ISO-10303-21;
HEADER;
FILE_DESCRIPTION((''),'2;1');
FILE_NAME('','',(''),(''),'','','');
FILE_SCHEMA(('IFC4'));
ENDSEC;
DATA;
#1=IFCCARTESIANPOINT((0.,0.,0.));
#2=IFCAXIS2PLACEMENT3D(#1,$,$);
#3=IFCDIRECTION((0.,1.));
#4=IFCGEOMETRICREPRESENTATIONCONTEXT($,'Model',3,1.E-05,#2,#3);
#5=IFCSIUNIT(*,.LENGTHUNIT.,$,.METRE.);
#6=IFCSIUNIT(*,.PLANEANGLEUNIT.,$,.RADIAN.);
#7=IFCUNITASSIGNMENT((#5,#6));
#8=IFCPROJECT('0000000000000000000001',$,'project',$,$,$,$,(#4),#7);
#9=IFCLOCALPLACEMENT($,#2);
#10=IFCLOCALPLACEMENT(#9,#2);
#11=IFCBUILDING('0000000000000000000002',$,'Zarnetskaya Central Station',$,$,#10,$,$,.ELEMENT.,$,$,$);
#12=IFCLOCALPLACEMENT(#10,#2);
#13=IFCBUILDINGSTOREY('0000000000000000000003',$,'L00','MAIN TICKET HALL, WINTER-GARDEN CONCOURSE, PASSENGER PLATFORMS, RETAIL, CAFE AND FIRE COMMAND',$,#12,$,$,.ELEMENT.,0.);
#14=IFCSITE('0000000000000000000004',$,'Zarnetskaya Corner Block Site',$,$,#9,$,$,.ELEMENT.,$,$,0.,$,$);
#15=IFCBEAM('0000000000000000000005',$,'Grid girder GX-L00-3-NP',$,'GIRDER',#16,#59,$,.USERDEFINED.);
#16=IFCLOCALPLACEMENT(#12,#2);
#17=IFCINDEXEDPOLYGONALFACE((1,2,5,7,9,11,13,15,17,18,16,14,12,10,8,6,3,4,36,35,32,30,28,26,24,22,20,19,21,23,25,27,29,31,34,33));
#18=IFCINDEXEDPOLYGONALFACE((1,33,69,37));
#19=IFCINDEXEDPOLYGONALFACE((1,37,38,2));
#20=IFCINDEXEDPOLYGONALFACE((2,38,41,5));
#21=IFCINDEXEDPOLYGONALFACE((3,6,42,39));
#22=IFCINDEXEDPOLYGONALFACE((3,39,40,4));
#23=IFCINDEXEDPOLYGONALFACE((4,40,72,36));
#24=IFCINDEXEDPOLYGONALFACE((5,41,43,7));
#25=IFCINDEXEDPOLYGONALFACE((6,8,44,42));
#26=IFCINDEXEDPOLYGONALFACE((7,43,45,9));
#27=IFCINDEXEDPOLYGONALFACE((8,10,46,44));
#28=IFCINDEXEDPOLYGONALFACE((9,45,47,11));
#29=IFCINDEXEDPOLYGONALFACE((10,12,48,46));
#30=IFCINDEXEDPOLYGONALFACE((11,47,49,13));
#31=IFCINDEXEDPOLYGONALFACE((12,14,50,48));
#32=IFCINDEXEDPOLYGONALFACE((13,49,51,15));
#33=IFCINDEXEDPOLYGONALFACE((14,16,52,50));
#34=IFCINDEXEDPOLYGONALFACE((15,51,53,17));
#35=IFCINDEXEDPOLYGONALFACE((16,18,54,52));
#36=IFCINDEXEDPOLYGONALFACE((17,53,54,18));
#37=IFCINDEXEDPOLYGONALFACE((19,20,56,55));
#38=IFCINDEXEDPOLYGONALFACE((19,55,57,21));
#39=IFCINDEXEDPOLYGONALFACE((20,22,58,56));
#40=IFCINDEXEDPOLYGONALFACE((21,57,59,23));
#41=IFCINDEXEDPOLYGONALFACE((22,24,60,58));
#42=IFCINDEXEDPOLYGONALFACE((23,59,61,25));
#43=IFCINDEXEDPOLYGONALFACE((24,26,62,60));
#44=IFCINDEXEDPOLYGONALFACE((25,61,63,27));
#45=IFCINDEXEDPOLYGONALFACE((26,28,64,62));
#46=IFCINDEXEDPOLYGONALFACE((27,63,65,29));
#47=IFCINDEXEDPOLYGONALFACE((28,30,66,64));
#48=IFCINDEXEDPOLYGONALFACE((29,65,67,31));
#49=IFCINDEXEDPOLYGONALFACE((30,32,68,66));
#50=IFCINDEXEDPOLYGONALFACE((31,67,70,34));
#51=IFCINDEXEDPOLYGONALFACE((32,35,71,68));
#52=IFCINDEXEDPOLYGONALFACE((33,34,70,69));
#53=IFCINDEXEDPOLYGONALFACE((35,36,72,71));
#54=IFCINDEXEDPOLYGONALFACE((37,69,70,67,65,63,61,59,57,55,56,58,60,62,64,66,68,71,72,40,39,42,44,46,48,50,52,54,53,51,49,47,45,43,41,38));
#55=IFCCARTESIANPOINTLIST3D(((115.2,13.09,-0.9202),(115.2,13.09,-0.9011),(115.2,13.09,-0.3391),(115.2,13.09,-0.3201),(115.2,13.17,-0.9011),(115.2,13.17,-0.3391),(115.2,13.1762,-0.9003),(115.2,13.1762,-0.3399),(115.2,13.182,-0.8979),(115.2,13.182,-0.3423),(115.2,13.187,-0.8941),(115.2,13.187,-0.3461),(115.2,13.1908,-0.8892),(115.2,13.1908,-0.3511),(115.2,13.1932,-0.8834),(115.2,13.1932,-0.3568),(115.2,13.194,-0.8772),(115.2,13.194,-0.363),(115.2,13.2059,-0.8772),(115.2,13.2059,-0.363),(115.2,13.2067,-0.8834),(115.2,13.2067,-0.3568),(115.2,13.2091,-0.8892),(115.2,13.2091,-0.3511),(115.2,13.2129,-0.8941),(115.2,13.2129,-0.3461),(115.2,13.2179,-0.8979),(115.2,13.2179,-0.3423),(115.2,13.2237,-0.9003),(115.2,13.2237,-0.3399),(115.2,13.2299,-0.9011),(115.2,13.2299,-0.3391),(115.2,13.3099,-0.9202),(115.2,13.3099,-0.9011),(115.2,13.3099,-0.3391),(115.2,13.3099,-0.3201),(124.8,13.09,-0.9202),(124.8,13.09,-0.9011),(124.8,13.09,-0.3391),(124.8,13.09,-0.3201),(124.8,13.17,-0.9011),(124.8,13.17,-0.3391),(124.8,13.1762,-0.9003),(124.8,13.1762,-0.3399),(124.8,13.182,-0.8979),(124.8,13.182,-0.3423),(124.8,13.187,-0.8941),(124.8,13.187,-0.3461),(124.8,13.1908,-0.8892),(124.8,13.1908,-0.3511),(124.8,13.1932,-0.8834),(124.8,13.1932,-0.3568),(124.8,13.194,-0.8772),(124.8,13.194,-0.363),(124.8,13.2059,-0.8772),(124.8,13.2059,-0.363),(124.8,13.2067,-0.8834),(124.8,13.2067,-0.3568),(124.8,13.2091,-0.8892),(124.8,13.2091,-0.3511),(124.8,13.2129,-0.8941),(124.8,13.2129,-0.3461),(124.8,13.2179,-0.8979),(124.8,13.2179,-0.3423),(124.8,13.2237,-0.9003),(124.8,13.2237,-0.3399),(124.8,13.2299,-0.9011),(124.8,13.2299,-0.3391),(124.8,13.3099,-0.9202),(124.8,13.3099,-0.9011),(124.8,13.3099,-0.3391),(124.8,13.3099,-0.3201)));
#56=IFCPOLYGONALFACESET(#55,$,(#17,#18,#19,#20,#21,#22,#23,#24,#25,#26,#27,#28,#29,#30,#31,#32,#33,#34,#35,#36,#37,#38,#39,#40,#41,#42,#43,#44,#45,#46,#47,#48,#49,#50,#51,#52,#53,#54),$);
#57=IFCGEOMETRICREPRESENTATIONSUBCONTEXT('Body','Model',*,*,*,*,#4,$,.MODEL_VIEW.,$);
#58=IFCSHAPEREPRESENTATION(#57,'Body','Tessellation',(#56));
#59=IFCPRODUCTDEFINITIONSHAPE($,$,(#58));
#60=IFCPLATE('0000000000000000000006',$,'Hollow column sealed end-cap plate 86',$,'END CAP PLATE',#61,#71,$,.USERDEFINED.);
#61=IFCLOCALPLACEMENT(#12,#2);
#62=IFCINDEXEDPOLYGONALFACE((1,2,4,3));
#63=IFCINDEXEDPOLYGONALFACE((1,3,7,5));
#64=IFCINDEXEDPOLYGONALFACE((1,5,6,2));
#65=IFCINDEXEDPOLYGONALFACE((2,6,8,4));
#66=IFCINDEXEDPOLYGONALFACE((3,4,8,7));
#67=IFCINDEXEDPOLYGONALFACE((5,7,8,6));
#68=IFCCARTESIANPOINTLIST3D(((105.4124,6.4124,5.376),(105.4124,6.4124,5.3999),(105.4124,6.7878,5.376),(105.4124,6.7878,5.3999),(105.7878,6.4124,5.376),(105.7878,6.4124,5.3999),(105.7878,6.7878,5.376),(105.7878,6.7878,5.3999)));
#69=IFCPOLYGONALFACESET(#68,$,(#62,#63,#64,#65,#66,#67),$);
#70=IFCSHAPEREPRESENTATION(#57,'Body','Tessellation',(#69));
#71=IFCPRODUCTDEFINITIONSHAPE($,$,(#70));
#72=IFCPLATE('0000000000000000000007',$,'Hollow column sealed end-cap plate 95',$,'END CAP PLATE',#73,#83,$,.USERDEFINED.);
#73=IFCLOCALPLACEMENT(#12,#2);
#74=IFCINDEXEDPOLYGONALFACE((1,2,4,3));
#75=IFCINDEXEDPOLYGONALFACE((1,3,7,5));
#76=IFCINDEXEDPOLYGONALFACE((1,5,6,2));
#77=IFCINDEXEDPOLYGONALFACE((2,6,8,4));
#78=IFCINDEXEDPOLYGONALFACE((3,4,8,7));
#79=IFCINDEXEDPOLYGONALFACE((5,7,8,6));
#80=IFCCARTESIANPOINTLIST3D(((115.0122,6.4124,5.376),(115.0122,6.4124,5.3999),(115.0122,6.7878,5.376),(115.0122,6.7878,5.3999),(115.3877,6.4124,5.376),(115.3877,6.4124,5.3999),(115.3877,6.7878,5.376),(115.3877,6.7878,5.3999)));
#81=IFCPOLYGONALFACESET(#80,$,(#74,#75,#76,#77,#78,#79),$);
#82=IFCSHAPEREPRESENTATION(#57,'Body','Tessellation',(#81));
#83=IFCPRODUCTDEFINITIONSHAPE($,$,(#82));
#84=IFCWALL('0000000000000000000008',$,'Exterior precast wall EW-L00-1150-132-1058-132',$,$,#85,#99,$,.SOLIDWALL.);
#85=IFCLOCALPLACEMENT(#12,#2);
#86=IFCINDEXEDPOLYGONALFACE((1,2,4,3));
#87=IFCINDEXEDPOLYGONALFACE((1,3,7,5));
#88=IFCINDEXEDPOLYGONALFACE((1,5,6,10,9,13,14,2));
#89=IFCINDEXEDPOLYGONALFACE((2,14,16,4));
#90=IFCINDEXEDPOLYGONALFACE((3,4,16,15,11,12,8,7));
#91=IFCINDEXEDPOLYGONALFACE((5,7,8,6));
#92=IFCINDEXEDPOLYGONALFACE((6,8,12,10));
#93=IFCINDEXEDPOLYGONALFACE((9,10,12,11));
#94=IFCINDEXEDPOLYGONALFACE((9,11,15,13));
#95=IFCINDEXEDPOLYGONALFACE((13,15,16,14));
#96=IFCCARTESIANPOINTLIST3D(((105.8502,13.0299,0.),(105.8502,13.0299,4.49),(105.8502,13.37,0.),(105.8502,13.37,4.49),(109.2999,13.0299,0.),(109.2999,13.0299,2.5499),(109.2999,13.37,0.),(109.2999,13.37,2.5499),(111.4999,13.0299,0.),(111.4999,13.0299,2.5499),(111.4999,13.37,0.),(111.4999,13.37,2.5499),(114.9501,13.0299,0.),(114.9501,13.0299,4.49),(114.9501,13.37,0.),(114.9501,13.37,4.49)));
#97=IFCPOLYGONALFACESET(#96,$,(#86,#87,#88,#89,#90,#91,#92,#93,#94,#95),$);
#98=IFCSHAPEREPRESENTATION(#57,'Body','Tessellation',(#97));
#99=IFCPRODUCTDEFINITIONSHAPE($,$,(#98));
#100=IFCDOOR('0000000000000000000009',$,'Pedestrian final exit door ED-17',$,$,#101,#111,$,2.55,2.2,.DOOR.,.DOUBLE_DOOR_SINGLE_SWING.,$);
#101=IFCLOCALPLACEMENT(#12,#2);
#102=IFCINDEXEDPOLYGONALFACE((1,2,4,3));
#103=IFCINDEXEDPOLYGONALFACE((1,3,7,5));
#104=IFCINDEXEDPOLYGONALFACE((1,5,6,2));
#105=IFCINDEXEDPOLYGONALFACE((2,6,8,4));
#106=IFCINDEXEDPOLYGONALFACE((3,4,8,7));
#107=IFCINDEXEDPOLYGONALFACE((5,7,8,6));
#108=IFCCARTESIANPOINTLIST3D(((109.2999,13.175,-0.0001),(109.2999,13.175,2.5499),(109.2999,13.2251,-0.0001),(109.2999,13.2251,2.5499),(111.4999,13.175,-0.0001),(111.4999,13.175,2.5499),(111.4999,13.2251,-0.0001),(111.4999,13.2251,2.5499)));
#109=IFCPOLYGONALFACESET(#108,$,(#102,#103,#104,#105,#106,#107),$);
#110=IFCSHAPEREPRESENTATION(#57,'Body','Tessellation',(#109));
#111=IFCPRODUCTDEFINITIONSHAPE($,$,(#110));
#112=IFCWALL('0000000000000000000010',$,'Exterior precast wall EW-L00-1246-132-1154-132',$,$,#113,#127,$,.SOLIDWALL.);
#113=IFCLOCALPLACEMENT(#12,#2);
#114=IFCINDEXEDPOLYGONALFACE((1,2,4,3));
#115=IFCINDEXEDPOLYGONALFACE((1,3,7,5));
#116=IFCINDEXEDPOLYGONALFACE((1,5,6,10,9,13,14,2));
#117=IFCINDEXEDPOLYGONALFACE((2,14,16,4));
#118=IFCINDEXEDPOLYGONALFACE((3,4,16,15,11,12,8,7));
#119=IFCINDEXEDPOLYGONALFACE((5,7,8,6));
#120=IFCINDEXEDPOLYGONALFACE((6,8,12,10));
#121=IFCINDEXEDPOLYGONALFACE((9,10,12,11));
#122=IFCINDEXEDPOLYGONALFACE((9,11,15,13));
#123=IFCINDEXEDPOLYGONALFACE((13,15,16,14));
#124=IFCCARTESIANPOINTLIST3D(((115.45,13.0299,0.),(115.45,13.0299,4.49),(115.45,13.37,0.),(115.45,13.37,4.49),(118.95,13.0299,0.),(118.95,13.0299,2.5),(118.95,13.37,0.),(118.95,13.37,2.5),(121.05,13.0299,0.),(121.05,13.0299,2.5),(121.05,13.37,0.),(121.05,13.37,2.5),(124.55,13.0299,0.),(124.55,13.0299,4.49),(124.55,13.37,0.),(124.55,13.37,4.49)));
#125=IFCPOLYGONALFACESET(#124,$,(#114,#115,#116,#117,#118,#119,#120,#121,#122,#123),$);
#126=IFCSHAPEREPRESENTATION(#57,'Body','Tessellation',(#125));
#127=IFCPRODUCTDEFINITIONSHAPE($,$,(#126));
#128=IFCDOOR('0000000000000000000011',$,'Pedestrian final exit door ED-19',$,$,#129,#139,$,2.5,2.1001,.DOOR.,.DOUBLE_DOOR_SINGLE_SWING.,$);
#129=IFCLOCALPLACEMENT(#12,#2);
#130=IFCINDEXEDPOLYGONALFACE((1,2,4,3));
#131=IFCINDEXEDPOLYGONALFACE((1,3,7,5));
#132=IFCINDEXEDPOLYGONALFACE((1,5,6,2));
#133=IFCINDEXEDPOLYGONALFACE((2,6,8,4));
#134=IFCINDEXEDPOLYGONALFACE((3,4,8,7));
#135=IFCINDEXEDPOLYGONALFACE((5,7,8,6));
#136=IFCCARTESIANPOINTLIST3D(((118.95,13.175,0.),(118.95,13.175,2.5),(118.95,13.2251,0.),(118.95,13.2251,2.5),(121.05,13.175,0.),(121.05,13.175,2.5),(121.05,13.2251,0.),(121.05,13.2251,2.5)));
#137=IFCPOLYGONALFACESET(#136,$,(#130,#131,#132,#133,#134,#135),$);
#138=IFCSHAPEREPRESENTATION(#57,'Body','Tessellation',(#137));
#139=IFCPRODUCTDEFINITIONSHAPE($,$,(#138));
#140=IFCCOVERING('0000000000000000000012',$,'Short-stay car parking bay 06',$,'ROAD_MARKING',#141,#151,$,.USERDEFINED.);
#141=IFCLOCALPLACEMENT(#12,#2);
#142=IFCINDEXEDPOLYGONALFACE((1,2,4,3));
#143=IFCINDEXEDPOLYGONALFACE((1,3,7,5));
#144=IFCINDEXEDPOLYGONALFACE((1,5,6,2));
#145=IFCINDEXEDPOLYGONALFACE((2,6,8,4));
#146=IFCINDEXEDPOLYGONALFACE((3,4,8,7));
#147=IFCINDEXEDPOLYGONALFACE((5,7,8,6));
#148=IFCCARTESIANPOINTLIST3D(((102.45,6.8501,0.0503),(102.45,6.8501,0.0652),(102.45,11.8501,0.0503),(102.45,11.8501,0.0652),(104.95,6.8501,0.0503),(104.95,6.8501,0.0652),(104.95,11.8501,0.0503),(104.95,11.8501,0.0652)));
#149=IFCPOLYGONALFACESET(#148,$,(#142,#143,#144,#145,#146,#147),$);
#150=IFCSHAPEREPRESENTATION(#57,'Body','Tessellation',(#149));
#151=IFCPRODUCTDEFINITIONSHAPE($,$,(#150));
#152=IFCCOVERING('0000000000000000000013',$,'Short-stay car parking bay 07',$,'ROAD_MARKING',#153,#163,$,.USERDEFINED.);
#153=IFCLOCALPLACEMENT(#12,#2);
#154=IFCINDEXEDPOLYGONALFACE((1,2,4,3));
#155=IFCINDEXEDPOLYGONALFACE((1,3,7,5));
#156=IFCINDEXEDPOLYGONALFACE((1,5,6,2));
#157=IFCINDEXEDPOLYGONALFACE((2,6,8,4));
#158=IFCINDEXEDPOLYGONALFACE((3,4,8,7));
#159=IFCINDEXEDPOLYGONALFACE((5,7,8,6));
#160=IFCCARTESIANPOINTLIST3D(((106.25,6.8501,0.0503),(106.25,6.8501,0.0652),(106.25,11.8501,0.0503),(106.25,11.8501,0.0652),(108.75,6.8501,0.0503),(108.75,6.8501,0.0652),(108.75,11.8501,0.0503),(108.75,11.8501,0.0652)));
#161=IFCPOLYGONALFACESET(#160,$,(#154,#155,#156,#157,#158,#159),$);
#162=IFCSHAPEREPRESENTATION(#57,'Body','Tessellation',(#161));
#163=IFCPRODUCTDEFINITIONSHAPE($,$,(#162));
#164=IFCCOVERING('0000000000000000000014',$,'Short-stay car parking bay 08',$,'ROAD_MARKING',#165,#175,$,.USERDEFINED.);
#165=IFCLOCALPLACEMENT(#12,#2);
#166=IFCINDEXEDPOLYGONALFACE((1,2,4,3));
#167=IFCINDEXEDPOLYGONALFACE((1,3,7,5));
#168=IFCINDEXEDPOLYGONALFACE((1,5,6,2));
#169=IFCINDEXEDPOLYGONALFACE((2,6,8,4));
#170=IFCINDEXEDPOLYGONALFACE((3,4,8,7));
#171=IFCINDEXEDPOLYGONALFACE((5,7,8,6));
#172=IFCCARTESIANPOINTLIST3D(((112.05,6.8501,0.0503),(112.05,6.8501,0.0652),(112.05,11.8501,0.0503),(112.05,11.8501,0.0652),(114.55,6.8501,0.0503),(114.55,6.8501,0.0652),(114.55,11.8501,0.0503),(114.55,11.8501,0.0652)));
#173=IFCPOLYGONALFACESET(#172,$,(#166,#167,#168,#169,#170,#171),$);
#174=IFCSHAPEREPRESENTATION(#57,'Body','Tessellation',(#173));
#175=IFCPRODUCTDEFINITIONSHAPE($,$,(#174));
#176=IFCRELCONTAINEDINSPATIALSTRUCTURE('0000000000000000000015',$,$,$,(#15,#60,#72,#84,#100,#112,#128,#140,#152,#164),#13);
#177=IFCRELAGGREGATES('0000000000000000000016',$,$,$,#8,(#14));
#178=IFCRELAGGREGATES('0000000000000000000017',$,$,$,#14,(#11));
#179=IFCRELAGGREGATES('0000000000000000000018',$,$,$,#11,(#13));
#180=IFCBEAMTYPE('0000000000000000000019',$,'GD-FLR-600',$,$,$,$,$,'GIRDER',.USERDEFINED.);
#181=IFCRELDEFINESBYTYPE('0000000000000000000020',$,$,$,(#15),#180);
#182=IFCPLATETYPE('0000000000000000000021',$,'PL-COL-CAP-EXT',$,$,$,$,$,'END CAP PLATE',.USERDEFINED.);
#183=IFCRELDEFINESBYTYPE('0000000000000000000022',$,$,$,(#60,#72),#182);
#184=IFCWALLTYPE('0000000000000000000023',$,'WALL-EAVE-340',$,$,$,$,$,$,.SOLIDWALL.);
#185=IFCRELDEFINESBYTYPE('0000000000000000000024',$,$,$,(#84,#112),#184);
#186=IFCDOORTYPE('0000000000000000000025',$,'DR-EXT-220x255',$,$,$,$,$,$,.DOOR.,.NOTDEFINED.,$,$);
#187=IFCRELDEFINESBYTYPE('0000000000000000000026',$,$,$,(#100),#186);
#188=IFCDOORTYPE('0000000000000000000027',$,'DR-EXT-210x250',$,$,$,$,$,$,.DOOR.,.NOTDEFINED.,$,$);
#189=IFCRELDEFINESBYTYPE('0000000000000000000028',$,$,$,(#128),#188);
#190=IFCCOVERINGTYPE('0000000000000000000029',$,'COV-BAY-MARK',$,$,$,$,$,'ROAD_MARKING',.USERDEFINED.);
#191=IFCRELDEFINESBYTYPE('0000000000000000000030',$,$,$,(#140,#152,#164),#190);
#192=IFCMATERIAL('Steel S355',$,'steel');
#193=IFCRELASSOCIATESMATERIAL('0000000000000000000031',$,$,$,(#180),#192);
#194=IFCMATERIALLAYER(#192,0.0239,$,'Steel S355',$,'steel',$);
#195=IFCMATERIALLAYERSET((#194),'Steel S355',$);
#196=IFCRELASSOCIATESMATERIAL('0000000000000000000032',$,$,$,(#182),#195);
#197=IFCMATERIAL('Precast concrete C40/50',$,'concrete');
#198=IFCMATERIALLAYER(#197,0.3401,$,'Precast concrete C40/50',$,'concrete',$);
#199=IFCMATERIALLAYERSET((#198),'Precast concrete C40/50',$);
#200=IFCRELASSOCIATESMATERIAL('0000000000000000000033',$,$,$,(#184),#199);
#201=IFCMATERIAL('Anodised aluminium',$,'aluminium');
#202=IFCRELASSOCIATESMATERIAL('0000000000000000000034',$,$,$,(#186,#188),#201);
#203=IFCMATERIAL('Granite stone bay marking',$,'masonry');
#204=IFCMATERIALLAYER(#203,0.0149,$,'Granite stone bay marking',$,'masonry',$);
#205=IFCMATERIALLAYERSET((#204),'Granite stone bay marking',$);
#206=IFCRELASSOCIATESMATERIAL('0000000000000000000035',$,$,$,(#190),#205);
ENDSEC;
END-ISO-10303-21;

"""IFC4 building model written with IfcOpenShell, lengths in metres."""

from ifc_helpers import new_model, si_unit, direction, frame, frame_2d, origin, origin_2d, place, context, subcontext, project, spatial, rectangle, i_section, extrude, material, layer, layer_set, material_profile, profile_set, type_object, element, fill, save


model = new_model("IFC4")

# Units and contexts
model_context = context("Model", 3, precision=1e-05, world=origin(), true_north=direction((0.0, 1.0)))
body_context = subcontext(model_context, "Body", "Model", "MODEL_VIEW")
ifc_project = project(units=[si_unit("LENGTHUNIT", "METRE"), si_unit("PLANEANGLEUNIT", "RADIAN")], contexts=[model_context])

# Site, building, storey
site_placement = place(None, origin())
site = spatial("IfcSite", under=ifc_project, at=site_placement, Name="Zarnetskaya Corner Block Site", CompositionType="ELEMENT", RefElevation=0.0)
building_placement = place(site_placement, origin())
building = spatial("IfcBuilding", under=site, at=building_placement, Name="Zarnetskaya Central Station", CompositionType="ELEMENT")
storey_placement = place(building_placement, origin())
storey = spatial("IfcBuildingStorey", under=building, at=storey_placement, Name="L00", Description="MAIN TICKET HALL, WINTER-GARDEN CONCOURSE, PASSENGER PLATFORMS, RETAIL, CAFE AND FIRE COMMAND", CompositionType="ELEMENT", Elevation=0.0)

# Shared definitions
ifc_material_1 = material(Name="Steel S355", Category="steel")

# Beam
ifc_material_profile_1 = material_profile(ifc_material_1, i_section(OverallWidth=0.22, OverallDepth=0.6001, WebThickness=0.012, FlangeThickness=0.019, FilletRadius=0.0239, at=origin_2d()), Name="IPE 600")
ifc_profile_set_1 = profile_set([ifc_material_profile_1], Name="Steel S355")
beam_type_1 = type_object("IfcBeamType", Name="GD-FLR-600", ElementType="GIRDER", PredefinedType="USERDEFINED", material=ifc_profile_set_1)
for number, where, z_axis, x_axis, name in (
    (1, (115.2, 13.2, -0.6201), (1.0, 0.0, 0.0), (0.0, 1.0, 0.0), "Grid girder GX-L00-3-NP"),
):
    element("IfcBeam", number, at=place(storey_placement, frame(where, z_axis=z_axis, x_axis=x_axis)), inside=storey, type_object=beam_type_1, Name=name, ObjectType="GIRDER", PredefinedType="USERDEFINED", context=body_context, shape_type="SweptSolid", body=[
        extrude(i_section(OverallWidth=0.22, OverallDepth=0.6001, WebThickness=0.012, FlangeThickness=0.019, FilletRadius=0.0239, at=origin_2d()), origin(), (0.0, 0.0, 1.0), 9.6001),
    ])

# Plates
ifc_layer_1 = layer(ifc_material_1, 0.0239, Name="Steel S355", Category="steel")
ifc_layer_set_1 = layer_set([ifc_layer_1], Name="Steel S355")
plate_type = type_object("IfcPlateType", Name="PL-COL-CAP-EXT", ElementType="END CAP PLATE", PredefinedType="USERDEFINED", material=ifc_layer_set_1)
for number, where, z_axis, x_axis, name in (
    (2, (105.6001, 6.6001, 5.376), (0.0, 0.0, 1.0), (1.0, 0.0, 0.0), "Hollow column sealed end-cap plate 86"),
    (3, (115.2, 6.6001, 5.376), (0.0, 0.0, 1.0), (1.0, 0.0, 0.0), "Hollow column sealed end-cap plate 95"),
):
    element("IfcPlate", number, at=place(storey_placement, frame(where, z_axis=z_axis, x_axis=x_axis)), inside=storey, type_object=plate_type, Name=name, ObjectType="END CAP PLATE", PredefinedType="USERDEFINED", context=body_context, shape_type="SweptSolid", body=[
        extrude(rectangle(XDim=0.3755, YDim=0.3755, at=origin_2d()), origin(), (0.0, 0.0, 1.0), 0.0239),
    ])

# Walls, openings, doors
ifc_material_2 = material(Name="Precast concrete C40/50", Category="concrete")
ifc_layer_2 = layer(ifc_material_2, 0.3401, Name="Precast concrete C40/50", Category="concrete")
ifc_layer_set_2 = layer_set([ifc_layer_2], Name="Precast concrete C40/50")
wall_type = type_object("IfcWallType", Name="WALL-EAVE-340", PredefinedType="SOLIDWALL", material=ifc_layer_set_2)
ifc_material_3 = material(Name="Anodised aluminium", Category="aluminium")
wall_1_placement = place(storey_placement, frame((114.95, 13.2, 0.0), z_axis=(0.0, 0.0, 1.0), x_axis=(-1.0, 0.0, 0.0)))
wall_1 = element("IfcWall", 4, at=wall_1_placement, inside=storey, type_object=wall_type, Name="Exterior precast wall EW-L00-1150-132-1058-132", PredefinedType="SOLIDWALL", context=body_context, shape_type="SweptSolid", body=[
    extrude(rectangle(XDim=9.0999, YDim=0.3401, at=frame_2d((4.5498, 0.0))), origin(), (0.0, 0.0, 1.0), 4.49),
])
opening_1_placement = place(wall_1_placement, frame((3.45, 0.0, 0.0)))
opening_1 = element("IfcOpeningElement", 5, at=opening_1_placement, cuts=wall_1, PredefinedType="OPENING", context=body_context, shape_type="SweptSolid", body=[
    extrude(rectangle(XDim=2.2, YDim=2.55, at=frame_2d((1.1001, 1.2749))), frame((0.0, 0.1802, 0.0), z_axis=(0.0, -1.0, 0.0), x_axis=(1.0, 0.0, 0.0)), (0.0, 0.0, 1.0), 0.3601),
])
door_type_1 = type_object("IfcDoorType", Name="DR-EXT-220x255", OperationType="NOTDEFINED", PredefinedType="DOOR", material=ifc_material_3)
door_1_placement = place(opening_1_placement, origin())
door_1 = element("IfcDoor", 6, at=door_1_placement, inside=storey, type_object=door_type_1, Name="Pedestrian final exit door ED-17", OperationType="DOUBLE_DOOR_SINGLE_SWING", OverallHeight=2.55, OverallWidth=2.2, PredefinedType="DOOR", context=body_context, shape_type="SweptSolid", body=[
    extrude(rectangle(XDim=2.2, YDim=2.55, at=frame_2d((1.1001, 1.2749))), frame((0.0, 0.0249, 0.0), z_axis=(0.0, -1.0, 0.0), x_axis=(1.0, 0.0, 0.0)), (0.0, 0.0, 1.0), 0.05),
])
fill(opening_1, door_1)
wall_2_placement = place(storey_placement, frame((124.55, 13.2, 0.0), z_axis=(0.0, 0.0, 1.0), x_axis=(-1.0, 0.0, 0.0)))
wall_2 = element("IfcWall", 7, at=wall_2_placement, inside=storey, type_object=wall_type, Name="Exterior precast wall EW-L00-1246-132-1154-132", PredefinedType="SOLIDWALL", context=body_context, shape_type="SweptSolid", body=[
    extrude(rectangle(XDim=9.1001, YDim=0.3401, at=frame_2d((4.55, 0.0))), origin(), (0.0, 0.0, 1.0), 4.49),
])
opening_2_placement = place(wall_2_placement, frame((3.5, 0.0, 0.0)))
opening_2 = element("IfcOpeningElement", 8, at=opening_2_placement, cuts=wall_2, PredefinedType="OPENING", context=body_context, shape_type="SweptSolid", body=[
    extrude(rectangle(XDim=2.1001, YDim=2.5, at=frame_2d((1.05, 1.25))), frame((0.0, 0.1802, 0.0), z_axis=(0.0, -1.0, 0.0), x_axis=(1.0, 0.0, 0.0)), (0.0, 0.0, 1.0), 0.3601),
])
door_type_2 = type_object("IfcDoorType", Name="DR-EXT-210x250", OperationType="NOTDEFINED", PredefinedType="DOOR", material=ifc_material_3)
door_2_placement = place(opening_2_placement, origin())
door_2 = element("IfcDoor", 9, at=door_2_placement, inside=storey, type_object=door_type_2, Name="Pedestrian final exit door ED-19", OperationType="DOUBLE_DOOR_SINGLE_SWING", OverallHeight=2.5, OverallWidth=2.1001, PredefinedType="DOOR", context=body_context, shape_type="SweptSolid", body=[
    extrude(rectangle(XDim=2.1001, YDim=2.5, at=frame_2d((1.05, 1.25))), frame((0.0, 0.0249, 0.0), z_axis=(0.0, -1.0, 0.0), x_axis=(1.0, 0.0, 0.0)), (0.0, 0.0, 1.0), 0.05),
])
fill(opening_2, door_2)

# Coverings
ifc_material_4 = material(Name="Granite stone bay marking", Category="masonry")
ifc_layer_3 = layer(ifc_material_4, 0.0149, Name="Granite stone bay marking", Category="masonry")
ifc_layer_set_3 = layer_set([ifc_layer_3], Name="Granite stone bay marking")
covering_type = type_object("IfcCoveringType", Name="COV-BAY-MARK", ElementType="ROAD_MARKING", PredefinedType="USERDEFINED", material=ifc_layer_set_3)
for number, where, z_axis, x_axis, name in (
    (10, (103.7, 9.3501, 0.0503), (0.0, 0.0, 1.0), (1.0, 0.0, 0.0), "Short-stay car parking bay 06"),
    (11, (107.5, 9.3501, 0.0503), (0.0, 0.0, 1.0), (1.0, 0.0, 0.0), "Short-stay car parking bay 07"),
    (12, (113.3, 9.3501, 0.0503), (0.0, 0.0, 1.0), (1.0, 0.0, 0.0), "Short-stay car parking bay 08"),
):
    element("IfcCovering", number, at=place(storey_placement, frame(where, z_axis=z_axis, x_axis=x_axis)), inside=storey, type_object=covering_type, Name=name, ObjectType="ROAD_MARKING", PredefinedType="USERDEFINED", context=body_context, shape_type="SweptSolid", body=[
        extrude(rectangle(XDim=2.5, YDim=5.0, at=origin_2d()), origin(), (0.0, 0.0, 1.0), 0.0149),
    ])

save(model, "model.ifc")
